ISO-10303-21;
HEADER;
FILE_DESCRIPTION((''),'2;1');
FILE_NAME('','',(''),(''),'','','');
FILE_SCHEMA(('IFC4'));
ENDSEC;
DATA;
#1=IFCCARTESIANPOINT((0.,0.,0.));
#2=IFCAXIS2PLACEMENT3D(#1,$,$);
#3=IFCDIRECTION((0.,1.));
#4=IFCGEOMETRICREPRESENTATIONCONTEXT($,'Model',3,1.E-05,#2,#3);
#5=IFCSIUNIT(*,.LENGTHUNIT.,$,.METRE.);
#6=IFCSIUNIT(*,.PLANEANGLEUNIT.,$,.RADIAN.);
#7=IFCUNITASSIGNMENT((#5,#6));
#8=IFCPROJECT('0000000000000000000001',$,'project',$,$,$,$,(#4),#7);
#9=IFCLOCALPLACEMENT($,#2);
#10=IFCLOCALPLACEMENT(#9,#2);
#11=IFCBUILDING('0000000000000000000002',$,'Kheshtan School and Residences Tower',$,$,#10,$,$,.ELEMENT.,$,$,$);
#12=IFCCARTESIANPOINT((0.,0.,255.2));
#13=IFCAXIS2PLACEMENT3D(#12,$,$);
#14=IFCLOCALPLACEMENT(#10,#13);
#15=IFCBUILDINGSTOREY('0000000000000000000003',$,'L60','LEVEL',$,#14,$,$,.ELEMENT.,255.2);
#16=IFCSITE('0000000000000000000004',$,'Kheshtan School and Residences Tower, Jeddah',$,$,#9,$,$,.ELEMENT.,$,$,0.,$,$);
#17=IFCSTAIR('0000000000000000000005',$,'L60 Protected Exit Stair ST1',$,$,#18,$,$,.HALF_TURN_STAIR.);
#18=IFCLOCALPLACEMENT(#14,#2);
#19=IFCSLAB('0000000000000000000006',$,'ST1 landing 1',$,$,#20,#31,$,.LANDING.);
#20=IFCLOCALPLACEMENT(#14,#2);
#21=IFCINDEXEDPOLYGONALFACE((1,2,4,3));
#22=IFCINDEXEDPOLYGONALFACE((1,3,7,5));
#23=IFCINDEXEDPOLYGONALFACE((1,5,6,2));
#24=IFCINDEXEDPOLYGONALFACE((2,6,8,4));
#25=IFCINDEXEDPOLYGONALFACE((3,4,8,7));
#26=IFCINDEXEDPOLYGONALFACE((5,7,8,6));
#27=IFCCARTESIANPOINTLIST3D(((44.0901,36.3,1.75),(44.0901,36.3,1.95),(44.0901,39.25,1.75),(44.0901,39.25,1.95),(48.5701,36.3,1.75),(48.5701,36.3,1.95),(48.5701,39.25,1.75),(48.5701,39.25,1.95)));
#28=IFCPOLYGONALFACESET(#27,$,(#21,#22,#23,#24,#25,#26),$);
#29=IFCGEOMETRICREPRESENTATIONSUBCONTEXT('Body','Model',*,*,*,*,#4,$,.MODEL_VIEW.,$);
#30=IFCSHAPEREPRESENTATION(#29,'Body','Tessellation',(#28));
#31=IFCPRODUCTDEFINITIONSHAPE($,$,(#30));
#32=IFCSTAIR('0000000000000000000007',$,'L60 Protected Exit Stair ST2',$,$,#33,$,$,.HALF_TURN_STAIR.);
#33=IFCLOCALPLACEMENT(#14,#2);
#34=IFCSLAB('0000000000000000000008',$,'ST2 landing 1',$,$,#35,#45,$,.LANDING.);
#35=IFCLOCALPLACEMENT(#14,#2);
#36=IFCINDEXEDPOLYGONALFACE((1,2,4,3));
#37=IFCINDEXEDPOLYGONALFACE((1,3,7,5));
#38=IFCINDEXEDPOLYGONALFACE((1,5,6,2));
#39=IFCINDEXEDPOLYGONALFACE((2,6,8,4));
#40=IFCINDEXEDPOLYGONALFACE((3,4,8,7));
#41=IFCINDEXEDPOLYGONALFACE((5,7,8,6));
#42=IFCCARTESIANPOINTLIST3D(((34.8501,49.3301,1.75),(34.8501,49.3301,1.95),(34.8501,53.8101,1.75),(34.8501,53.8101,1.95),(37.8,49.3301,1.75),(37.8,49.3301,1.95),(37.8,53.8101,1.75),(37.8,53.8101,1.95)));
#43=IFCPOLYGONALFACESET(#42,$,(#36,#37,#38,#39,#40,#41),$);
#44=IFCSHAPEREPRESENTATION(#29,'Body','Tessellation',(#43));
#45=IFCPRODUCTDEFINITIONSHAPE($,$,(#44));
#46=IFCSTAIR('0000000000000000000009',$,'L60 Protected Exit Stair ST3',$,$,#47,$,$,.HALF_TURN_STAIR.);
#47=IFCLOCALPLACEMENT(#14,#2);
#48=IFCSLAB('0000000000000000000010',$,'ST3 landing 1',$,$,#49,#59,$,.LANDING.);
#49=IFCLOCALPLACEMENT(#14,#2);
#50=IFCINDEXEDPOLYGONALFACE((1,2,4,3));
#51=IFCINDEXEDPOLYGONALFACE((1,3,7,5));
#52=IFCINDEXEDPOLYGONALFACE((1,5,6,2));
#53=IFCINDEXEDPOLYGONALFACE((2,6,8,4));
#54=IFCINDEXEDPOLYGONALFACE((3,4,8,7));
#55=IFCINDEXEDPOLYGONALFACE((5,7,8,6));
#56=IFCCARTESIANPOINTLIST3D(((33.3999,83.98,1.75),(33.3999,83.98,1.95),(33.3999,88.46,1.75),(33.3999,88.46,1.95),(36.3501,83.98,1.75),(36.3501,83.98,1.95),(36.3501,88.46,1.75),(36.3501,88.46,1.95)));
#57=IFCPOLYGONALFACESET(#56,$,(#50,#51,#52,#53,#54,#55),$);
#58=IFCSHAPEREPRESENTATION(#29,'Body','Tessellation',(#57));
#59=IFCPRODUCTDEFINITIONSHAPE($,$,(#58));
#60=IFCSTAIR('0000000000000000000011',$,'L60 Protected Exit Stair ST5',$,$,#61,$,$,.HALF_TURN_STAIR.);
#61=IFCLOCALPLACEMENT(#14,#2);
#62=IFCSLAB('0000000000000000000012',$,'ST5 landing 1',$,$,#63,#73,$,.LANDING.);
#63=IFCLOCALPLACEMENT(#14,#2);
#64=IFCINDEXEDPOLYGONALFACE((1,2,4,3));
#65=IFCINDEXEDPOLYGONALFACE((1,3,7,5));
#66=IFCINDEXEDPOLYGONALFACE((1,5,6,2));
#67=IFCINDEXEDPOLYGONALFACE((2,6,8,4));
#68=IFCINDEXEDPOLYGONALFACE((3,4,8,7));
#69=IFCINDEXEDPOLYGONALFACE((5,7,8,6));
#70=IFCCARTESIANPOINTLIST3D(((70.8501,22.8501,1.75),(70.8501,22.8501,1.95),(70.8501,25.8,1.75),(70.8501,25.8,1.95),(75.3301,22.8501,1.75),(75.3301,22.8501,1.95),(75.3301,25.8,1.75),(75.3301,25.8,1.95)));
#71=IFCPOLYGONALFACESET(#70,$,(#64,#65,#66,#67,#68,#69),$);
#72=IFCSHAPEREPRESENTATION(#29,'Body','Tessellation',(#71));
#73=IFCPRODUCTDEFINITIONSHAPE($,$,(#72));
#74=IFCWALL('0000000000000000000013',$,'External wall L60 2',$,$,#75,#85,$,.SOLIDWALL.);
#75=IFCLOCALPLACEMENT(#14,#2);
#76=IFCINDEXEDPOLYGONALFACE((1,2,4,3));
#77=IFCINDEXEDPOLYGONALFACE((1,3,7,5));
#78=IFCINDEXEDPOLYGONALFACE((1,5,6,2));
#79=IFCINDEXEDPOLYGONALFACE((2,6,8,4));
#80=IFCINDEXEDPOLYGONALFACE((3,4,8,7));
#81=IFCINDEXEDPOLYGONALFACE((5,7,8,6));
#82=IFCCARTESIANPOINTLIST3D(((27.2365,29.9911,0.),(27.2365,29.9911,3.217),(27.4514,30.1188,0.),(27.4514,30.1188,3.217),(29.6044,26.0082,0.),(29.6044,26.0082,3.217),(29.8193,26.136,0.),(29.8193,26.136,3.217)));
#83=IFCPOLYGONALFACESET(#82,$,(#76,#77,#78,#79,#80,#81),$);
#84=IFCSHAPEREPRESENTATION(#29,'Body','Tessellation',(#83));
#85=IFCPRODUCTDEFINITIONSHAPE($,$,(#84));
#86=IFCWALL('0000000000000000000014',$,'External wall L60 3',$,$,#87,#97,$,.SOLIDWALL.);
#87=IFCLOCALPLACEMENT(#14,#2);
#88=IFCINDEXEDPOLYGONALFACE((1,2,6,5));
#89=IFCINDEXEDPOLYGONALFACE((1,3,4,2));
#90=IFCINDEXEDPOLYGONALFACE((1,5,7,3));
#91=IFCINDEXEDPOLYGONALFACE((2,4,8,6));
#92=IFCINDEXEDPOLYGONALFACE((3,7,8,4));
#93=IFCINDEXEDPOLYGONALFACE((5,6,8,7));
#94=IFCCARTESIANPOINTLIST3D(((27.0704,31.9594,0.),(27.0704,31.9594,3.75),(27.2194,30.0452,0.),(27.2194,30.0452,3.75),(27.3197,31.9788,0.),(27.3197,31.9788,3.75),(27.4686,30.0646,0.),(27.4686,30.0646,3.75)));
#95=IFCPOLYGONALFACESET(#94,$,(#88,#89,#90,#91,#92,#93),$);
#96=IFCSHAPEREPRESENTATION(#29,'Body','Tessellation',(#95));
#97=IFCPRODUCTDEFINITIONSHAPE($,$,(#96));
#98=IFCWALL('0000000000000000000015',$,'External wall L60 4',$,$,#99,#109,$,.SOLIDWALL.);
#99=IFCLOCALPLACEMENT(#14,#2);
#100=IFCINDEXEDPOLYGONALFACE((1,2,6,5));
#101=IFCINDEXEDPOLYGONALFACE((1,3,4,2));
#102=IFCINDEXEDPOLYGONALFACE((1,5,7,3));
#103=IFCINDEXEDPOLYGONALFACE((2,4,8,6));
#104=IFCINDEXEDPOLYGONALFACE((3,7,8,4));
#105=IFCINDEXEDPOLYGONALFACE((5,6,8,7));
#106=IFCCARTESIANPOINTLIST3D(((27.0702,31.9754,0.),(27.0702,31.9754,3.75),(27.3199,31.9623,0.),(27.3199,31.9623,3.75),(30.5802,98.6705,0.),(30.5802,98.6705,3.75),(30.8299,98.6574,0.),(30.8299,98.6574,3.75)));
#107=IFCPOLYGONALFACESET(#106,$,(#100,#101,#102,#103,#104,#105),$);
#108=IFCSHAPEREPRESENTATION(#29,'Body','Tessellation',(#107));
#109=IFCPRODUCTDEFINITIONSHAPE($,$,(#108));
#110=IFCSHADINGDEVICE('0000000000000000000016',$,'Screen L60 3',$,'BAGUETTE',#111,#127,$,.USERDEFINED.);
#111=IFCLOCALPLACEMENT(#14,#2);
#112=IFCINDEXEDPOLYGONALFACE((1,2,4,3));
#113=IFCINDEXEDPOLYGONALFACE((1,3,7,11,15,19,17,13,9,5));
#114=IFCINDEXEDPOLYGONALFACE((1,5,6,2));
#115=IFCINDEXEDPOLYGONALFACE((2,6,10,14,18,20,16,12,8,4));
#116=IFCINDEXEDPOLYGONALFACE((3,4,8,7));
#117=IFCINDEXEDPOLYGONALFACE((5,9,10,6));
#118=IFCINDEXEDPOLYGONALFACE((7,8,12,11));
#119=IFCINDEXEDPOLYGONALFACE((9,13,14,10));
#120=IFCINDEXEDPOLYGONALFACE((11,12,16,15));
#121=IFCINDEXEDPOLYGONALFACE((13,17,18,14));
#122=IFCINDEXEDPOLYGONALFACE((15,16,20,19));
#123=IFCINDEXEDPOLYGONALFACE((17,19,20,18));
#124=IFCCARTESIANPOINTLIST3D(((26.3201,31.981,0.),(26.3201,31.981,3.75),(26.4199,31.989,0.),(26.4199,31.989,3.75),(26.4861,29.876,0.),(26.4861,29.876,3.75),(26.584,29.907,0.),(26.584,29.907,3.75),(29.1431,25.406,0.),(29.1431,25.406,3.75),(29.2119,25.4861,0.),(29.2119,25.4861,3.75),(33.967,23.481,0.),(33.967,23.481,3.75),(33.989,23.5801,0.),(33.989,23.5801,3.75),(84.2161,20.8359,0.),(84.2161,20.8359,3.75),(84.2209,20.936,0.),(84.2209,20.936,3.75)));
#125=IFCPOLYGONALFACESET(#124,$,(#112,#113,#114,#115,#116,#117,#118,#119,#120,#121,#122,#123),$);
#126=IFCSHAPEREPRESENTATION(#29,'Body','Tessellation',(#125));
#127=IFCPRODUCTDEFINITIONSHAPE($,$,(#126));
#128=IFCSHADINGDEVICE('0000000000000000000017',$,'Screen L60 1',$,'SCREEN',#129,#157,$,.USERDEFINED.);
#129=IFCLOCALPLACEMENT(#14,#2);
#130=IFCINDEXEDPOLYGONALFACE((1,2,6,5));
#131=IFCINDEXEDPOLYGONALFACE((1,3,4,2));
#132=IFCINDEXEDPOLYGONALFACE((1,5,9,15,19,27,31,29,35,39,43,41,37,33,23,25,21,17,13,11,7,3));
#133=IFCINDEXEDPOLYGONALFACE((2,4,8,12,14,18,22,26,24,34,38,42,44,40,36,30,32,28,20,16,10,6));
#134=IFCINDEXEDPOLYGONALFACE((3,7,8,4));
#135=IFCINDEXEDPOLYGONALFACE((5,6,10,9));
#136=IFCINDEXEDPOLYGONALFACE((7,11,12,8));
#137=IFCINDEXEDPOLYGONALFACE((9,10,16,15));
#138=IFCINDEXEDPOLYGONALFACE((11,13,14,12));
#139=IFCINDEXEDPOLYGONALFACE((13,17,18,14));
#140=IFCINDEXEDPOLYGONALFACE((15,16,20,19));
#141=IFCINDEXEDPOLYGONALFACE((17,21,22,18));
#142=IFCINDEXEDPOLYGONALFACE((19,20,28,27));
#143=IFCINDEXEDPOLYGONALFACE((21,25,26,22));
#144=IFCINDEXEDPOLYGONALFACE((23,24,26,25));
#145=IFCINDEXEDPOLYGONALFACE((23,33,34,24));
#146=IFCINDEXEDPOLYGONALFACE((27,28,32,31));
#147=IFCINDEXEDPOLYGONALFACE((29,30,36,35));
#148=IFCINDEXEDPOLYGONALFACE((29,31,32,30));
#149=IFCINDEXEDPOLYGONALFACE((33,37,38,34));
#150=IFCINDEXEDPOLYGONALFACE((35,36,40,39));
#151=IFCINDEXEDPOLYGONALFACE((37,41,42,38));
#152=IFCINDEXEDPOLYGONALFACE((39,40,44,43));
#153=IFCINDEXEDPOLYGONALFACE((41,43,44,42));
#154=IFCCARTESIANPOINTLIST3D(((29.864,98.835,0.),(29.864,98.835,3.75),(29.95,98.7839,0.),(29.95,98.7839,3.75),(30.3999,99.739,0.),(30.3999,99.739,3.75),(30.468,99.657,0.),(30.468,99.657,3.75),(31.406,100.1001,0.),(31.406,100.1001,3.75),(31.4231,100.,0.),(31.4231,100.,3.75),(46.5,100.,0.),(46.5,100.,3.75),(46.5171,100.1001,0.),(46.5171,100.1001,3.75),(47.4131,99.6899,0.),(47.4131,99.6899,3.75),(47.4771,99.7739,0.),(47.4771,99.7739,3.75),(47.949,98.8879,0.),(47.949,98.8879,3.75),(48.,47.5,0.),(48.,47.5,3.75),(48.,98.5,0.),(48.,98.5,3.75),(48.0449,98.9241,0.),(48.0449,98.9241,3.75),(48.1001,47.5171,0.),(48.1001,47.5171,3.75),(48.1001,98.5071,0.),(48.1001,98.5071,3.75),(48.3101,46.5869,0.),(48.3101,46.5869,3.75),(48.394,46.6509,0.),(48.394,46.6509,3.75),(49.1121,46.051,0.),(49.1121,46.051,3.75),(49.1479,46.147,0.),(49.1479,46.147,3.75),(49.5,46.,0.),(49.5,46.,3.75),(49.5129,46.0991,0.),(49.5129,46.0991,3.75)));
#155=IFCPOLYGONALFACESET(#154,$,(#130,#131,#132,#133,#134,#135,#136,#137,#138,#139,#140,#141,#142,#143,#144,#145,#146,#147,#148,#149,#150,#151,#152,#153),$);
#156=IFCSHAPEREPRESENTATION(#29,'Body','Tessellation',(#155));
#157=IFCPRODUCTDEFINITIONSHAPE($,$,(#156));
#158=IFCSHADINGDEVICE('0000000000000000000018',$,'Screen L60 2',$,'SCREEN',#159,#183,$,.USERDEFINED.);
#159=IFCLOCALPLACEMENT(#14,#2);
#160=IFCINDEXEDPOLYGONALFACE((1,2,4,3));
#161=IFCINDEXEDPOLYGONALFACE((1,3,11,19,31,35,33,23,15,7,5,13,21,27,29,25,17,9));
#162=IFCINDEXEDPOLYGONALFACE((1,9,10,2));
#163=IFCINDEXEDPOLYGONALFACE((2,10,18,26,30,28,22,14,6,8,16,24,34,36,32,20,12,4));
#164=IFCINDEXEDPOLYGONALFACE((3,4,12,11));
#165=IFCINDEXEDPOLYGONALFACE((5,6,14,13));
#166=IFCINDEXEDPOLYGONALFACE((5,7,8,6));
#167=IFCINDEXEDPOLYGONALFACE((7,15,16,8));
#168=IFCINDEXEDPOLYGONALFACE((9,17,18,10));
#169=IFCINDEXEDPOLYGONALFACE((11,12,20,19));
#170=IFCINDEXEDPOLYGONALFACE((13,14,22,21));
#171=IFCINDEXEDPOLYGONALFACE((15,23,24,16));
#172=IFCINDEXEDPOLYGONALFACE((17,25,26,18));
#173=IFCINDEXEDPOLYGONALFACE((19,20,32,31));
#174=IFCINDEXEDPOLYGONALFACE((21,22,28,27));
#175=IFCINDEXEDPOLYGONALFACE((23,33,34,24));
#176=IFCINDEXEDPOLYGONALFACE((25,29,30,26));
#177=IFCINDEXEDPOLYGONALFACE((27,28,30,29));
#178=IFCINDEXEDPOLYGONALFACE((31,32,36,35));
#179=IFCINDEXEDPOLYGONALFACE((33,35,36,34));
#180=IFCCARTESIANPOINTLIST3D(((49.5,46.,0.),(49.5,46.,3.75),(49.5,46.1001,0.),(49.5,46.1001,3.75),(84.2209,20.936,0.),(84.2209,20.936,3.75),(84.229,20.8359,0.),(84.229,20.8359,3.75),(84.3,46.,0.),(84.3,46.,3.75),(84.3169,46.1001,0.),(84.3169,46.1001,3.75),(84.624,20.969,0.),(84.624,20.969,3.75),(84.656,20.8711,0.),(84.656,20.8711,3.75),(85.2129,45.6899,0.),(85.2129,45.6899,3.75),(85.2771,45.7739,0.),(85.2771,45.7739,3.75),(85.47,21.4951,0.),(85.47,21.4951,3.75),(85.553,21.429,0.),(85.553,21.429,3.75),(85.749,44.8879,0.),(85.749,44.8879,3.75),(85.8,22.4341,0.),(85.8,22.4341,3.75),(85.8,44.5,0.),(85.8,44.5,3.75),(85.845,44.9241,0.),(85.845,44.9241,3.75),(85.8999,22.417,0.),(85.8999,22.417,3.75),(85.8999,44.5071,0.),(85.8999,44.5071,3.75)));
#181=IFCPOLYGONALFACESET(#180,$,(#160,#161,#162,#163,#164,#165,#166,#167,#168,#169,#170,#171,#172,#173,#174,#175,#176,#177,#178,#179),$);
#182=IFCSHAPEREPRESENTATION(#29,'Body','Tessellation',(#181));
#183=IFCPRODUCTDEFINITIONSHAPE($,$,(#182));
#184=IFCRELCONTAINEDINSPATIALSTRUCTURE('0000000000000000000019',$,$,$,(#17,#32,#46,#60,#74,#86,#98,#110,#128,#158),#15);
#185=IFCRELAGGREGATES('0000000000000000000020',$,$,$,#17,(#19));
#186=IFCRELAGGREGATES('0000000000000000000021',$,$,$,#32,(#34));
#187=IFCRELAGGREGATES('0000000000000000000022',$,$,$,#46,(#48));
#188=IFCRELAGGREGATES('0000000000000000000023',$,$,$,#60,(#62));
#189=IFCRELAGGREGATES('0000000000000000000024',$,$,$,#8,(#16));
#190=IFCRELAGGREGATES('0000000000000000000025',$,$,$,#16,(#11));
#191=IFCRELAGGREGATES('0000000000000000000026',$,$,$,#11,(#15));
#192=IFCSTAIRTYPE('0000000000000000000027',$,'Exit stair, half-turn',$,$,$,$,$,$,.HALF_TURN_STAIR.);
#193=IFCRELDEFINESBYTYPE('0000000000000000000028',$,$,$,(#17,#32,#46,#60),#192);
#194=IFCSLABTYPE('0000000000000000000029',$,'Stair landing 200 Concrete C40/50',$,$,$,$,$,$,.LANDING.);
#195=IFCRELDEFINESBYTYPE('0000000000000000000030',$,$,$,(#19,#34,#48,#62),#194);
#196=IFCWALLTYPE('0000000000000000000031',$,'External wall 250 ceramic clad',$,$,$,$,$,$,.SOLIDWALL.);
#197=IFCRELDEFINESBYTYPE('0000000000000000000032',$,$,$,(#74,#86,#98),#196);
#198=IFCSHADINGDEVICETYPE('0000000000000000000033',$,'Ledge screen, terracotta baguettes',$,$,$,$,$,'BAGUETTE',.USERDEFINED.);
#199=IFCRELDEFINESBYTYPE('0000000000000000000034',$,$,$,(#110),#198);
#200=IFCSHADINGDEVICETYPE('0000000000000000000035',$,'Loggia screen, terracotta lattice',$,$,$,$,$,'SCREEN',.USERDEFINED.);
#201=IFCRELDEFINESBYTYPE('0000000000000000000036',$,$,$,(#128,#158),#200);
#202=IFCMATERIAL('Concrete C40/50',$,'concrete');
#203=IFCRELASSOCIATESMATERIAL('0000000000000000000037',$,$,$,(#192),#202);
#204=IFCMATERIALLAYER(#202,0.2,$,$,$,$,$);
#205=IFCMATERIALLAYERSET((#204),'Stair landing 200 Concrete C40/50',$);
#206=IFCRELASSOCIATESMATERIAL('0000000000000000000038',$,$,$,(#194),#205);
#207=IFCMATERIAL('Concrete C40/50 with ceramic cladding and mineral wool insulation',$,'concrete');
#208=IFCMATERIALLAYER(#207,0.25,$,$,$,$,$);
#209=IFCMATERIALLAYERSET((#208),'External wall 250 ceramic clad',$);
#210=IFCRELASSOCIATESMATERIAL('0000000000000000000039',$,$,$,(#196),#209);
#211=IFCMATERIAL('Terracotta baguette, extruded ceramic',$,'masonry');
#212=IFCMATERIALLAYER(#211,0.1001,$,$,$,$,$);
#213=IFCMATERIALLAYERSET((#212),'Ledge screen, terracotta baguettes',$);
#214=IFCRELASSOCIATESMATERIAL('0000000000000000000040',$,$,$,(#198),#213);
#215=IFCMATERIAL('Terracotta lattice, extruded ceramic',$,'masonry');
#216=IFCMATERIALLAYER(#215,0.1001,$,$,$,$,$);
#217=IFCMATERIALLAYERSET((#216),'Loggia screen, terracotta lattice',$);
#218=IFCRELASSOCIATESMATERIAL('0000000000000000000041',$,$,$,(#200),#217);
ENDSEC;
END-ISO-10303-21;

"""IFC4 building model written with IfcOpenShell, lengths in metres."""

from ifc_helpers import new_model, si_unit, direction, frame, frame_2d, origin, place, context, subcontext, project, spatial, polyline, rectangle, outline, extrude, material, layer, layer_set, type_object, element, aggregate, save


model = new_model("IFC4")

# Units and contexts
model_context = context("Model", 3, precision=1e-05, world=origin(), true_north=direction((0.0, 1.0)))
body_context = subcontext(model_context, "Body", "Model", "MODEL_VIEW")
ifc_project = project(units=[si_unit("LENGTHUNIT", "METRE"), si_unit("PLANEANGLEUNIT", "RADIAN")], contexts=[model_context])

# Site, building, storey
site_placement = place(None, origin())
site = spatial("IfcSite", under=ifc_project, at=site_placement, Name="Kheshtan School and Residences Tower, Jeddah", CompositionType="ELEMENT", RefElevation=0.0)
building_placement = place(site_placement, origin())
building = spatial("IfcBuilding", under=site, at=building_placement, Name="Kheshtan School and Residences Tower", CompositionType="ELEMENT")
storey_placement = place(building_placement, frame((0.0, 0.0, 255.2)))
storey = spatial("IfcBuildingStorey", under=building, at=storey_placement, Name="L60", Description="LEVEL", CompositionType="ELEMENT", Elevation=255.2)

# Shared definitions
ifc_material_1 = material(Name="Concrete C40/50", Category="concrete")

# Stairs, slabs
stair_type = type_object("IfcStairType", Name="Exit stair, half-turn", PredefinedType="HALF_TURN_STAIR", material=ifc_material_1)
stair_1_placement = place(storey_placement, origin())
stair_1 = element("IfcStair", 1, at=stair_1_placement, inside=storey, type_object=stair_type, Name="L60 Protected Exit Stair ST1", PredefinedType="HALF_TURN_STAIR")
ifc_layer_1 = layer(ifc_material_1, 0.2)
ifc_layer_set_1 = layer_set([ifc_layer_1], Name="Stair landing 200 Concrete C40/50")
slab_type_1 = type_object("IfcSlabType", Name="Stair landing 200 Concrete C40/50", PredefinedType="LANDING", material=ifc_layer_set_1)
slab_1_placement = place(storey_placement, frame((0.0, 0.0, 1.75)))
slab_1 = element("IfcSlab", 2, at=slab_1_placement, type_object=slab_type_1, Name="ST1 landing 1", PredefinedType="LANDING", context=body_context, shape_type="SweptSolid", body=[
    extrude(outline(polyline([(48.5701, 39.25), (44.0901, 39.25), (44.0901, 36.3), (48.5701, 36.3), (48.5701, 39.25)])), origin(), (0.0, 0.0, 1.0), 0.2),
])
aggregate(stair_1, [slab_1])
stair_2_placement = place(storey_placement, origin())
stair_2 = element("IfcStair", 3, at=stair_2_placement, inside=storey, type_object=stair_type, Name="L60 Protected Exit Stair ST2", PredefinedType="HALF_TURN_STAIR")
slab_2_placement = place(storey_placement, frame((0.0, 0.0, 1.75)))
slab_2 = element("IfcSlab", 4, at=slab_2_placement, type_object=slab_type_1, Name="ST2 landing 1", PredefinedType="LANDING", context=body_context, shape_type="SweptSolid", body=[
    extrude(outline(polyline([(37.8, 49.3301), (37.8, 53.8101), (34.8501, 53.8101), (34.8501, 49.3301), (37.8, 49.3301)])), origin(), (0.0, 0.0, 1.0), 0.2),
])
aggregate(stair_2, [slab_2])
stair_3_placement = place(storey_placement, origin())
stair_3 = element("IfcStair", 5, at=stair_3_placement, inside=storey, type_object=stair_type, Name="L60 Protected Exit Stair ST3", PredefinedType="HALF_TURN_STAIR")
slab_3_placement = place(storey_placement, frame((0.0, 0.0, 1.75)))
slab_3 = element("IfcSlab", 6, at=slab_3_placement, type_object=slab_type_1, Name="ST3 landing 1", PredefinedType="LANDING", context=body_context, shape_type="SweptSolid", body=[
    extrude(outline(polyline([(36.3501, 83.98), (36.3501, 88.46), (33.3999, 88.46), (33.3999, 83.98), (36.3501, 83.98)])), origin(), (0.0, 0.0, 1.0), 0.2),
])
aggregate(stair_3, [slab_3])
stair_4_placement = place(storey_placement, origin())
stair_4 = element("IfcStair", 7, at=stair_4_placement, inside=storey, type_object=stair_type, Name="L60 Protected Exit Stair ST5", PredefinedType="HALF_TURN_STAIR")
slab_4_placement = place(storey_placement, frame((0.0, 0.0, 1.75)))
slab_4 = element("IfcSlab", 8, at=slab_4_placement, type_object=slab_type_1, Name="ST5 landing 1", PredefinedType="LANDING", context=body_context, shape_type="SweptSolid", body=[
    extrude(outline(polyline([(75.3301, 25.8), (70.8501, 25.8), (70.8501, 22.8501), (75.3301, 22.8501), (75.3301, 25.8)])), origin(), (0.0, 0.0, 1.0), 0.2),
])
aggregate(stair_4, [slab_4])

# Walls
ifc_material_2 = material(Name="Concrete C40/50 with ceramic cladding and mineral wool insulation", Category="concrete")
ifc_layer_2 = layer(ifc_material_2, 0.25)
ifc_layer_set_2 = layer_set([ifc_layer_2], Name="External wall 250 ceramic clad")
wall_type = type_object("IfcWallType", Name="External wall 250 ceramic clad", PredefinedType="SOLIDWALL", material=ifc_layer_set_2)
wall_1_placement = place(storey_placement, frame((29.7119, 26.072, 0.0), z_axis=(0.0, 0.0, 1.0), x_axis=(-0.511028, 0.859564, 0.0)))
element("IfcWall", 9, at=wall_1_placement, inside=storey, type_object=wall_type, Name="External wall L60 2", PredefinedType="SOLIDWALL", context=body_context, shape_type="SweptSolid", body=[
    extrude(rectangle(XDim=4.6335, YDim=0.25, at=frame_2d((2.3169, 0.0))), origin(), (0.0, 0.0, 1.0), 3.217),
])
wall_2_placement = place(storey_placement, frame((27.344, 30.0549, 0.0), z_axis=(0.0, 0.0, 1.0), x_axis=(-0.077572, 0.996987, 0.0)))
element("IfcWall", 10, at=wall_2_placement, inside=storey, type_object=wall_type, Name="External wall L60 3", PredefinedType="SOLIDWALL", context=body_context, shape_type="SweptSolid", body=[
    extrude(rectangle(XDim=1.9199, YDim=0.25, at=frame_2d((0.96, 0.0))), origin(), (0.0, 0.0, 1.0), 3.75),
])
wall_3_placement = place(storey_placement, frame((27.1951, 31.969, 0.0), z_axis=(0.0, 0.0, 1.0), x_axis=(0.052555, 0.998618, 0.0)))
element("IfcWall", 11, at=wall_3_placement, inside=storey, type_object=wall_type, Name="External wall L60 4", PredefinedType="SOLIDWALL", context=body_context, shape_type="SweptSolid", body=[
    extrude(rectangle(XDim=66.7874, YDim=0.25, at=frame_2d((33.3936, 0.0))), origin(), (0.0, 0.0, 1.0), 3.75),
])

# Shading devices
ifc_material_3 = material(Name="Terracotta baguette, extruded ceramic", Category="masonry")
ifc_layer_3 = layer(ifc_material_3, 0.1001)
ifc_layer_set_3 = layer_set([ifc_layer_3], Name="Ledge screen, terracotta baguettes")
shading_device_type_1 = type_object("IfcShadingDeviceType", Name="Ledge screen, terracotta baguettes", ElementType="BAGUETTE", PredefinedType="USERDEFINED", material=ifc_layer_set_3)
shading_device_1_placement = place(storey_placement, origin())
element("IfcShadingDevice", 12, at=shading_device_1_placement, inside=storey, type_object=shading_device_type_1, Name="Screen L60 3", ObjectType="BAGUETTE", PredefinedType="USERDEFINED", context=body_context, shape_type="SweptSolid", body=[
    extrude(outline(polyline([(84.2209, 20.936), (33.989, 23.5801), (29.2119, 25.4861), (26.584, 29.907), (26.4199, 31.989), (26.3201, 31.981), (26.4861, 29.876), (29.1431, 25.406), (33.967, 23.481), (84.2161, 20.8359), (84.2209, 20.936)])), origin(), (0.0, 0.0, 1.0), 3.75),
])
ifc_material_4 = material(Name="Terracotta lattice, extruded ceramic", Category="masonry")
ifc_layer_4 = layer(ifc_material_4, 0.1001)
ifc_layer_set_4 = layer_set([ifc_layer_4], Name="Loggia screen, terracotta lattice")
shading_device_type_2 = type_object("IfcShadingDeviceType", Name="Loggia screen, terracotta lattice", ElementType="SCREEN", PredefinedType="USERDEFINED", material=ifc_layer_set_4)
shading_device_2_placement = place(storey_placement, origin())
element("IfcShadingDevice", 13, at=shading_device_2_placement, inside=storey, type_object=shading_device_type_2, Name="Screen L60 1", ObjectType="SCREEN", PredefinedType="USERDEFINED", context=body_context, shape_type="SweptSolid", body=[
    extrude(outline(polyline([(29.95, 98.7839), (30.468, 99.657), (31.4231, 100.0), (46.5, 100.0), (47.4131, 99.6899), (47.949, 98.8879), (48.0, 98.5), (48.0, 47.5), (48.3101, 46.5869), (49.1121, 46.051), (49.5, 46.0), (49.5129, 46.0991), (49.1479, 46.147), (48.394, 46.6509), (48.1001, 47.5171), (48.1001, 98.5071), (48.0449, 98.9241), (47.4771, 99.7739), (46.5171, 100.1001), (31.406, 100.1001), (30.3999, 99.739), (29.864, 98.835), (29.95, 98.7839)])), origin(), (0.0, 0.0, 1.0), 3.75),
])
shading_device_3_placement = place(storey_placement, origin())
element("IfcShadingDevice", 14, at=shading_device_3_placement, inside=storey, type_object=shading_device_type_2, Name="Screen L60 2", ObjectType="SCREEN", PredefinedType="USERDEFINED", context=body_context, shape_type="SweptSolid", body=[
    extrude(outline(polyline([(49.5, 46.0), (84.3, 46.0), (85.2129, 45.6899), (85.749, 44.8879), (85.8, 44.5), (85.8, 22.4341), (85.47, 21.4951), (84.624, 20.969), (84.2209, 20.936), (84.229, 20.8359), (84.656, 20.8711), (85.553, 21.429), (85.8999, 22.417), (85.8999, 44.5071), (85.845, 44.9241), (85.2771, 45.7739), (84.3169, 46.1001), (49.5, 46.1001), (49.5, 46.0)])), origin(), (0.0, 0.0, 1.0), 3.75),
])

save(model, "model.ifc")
